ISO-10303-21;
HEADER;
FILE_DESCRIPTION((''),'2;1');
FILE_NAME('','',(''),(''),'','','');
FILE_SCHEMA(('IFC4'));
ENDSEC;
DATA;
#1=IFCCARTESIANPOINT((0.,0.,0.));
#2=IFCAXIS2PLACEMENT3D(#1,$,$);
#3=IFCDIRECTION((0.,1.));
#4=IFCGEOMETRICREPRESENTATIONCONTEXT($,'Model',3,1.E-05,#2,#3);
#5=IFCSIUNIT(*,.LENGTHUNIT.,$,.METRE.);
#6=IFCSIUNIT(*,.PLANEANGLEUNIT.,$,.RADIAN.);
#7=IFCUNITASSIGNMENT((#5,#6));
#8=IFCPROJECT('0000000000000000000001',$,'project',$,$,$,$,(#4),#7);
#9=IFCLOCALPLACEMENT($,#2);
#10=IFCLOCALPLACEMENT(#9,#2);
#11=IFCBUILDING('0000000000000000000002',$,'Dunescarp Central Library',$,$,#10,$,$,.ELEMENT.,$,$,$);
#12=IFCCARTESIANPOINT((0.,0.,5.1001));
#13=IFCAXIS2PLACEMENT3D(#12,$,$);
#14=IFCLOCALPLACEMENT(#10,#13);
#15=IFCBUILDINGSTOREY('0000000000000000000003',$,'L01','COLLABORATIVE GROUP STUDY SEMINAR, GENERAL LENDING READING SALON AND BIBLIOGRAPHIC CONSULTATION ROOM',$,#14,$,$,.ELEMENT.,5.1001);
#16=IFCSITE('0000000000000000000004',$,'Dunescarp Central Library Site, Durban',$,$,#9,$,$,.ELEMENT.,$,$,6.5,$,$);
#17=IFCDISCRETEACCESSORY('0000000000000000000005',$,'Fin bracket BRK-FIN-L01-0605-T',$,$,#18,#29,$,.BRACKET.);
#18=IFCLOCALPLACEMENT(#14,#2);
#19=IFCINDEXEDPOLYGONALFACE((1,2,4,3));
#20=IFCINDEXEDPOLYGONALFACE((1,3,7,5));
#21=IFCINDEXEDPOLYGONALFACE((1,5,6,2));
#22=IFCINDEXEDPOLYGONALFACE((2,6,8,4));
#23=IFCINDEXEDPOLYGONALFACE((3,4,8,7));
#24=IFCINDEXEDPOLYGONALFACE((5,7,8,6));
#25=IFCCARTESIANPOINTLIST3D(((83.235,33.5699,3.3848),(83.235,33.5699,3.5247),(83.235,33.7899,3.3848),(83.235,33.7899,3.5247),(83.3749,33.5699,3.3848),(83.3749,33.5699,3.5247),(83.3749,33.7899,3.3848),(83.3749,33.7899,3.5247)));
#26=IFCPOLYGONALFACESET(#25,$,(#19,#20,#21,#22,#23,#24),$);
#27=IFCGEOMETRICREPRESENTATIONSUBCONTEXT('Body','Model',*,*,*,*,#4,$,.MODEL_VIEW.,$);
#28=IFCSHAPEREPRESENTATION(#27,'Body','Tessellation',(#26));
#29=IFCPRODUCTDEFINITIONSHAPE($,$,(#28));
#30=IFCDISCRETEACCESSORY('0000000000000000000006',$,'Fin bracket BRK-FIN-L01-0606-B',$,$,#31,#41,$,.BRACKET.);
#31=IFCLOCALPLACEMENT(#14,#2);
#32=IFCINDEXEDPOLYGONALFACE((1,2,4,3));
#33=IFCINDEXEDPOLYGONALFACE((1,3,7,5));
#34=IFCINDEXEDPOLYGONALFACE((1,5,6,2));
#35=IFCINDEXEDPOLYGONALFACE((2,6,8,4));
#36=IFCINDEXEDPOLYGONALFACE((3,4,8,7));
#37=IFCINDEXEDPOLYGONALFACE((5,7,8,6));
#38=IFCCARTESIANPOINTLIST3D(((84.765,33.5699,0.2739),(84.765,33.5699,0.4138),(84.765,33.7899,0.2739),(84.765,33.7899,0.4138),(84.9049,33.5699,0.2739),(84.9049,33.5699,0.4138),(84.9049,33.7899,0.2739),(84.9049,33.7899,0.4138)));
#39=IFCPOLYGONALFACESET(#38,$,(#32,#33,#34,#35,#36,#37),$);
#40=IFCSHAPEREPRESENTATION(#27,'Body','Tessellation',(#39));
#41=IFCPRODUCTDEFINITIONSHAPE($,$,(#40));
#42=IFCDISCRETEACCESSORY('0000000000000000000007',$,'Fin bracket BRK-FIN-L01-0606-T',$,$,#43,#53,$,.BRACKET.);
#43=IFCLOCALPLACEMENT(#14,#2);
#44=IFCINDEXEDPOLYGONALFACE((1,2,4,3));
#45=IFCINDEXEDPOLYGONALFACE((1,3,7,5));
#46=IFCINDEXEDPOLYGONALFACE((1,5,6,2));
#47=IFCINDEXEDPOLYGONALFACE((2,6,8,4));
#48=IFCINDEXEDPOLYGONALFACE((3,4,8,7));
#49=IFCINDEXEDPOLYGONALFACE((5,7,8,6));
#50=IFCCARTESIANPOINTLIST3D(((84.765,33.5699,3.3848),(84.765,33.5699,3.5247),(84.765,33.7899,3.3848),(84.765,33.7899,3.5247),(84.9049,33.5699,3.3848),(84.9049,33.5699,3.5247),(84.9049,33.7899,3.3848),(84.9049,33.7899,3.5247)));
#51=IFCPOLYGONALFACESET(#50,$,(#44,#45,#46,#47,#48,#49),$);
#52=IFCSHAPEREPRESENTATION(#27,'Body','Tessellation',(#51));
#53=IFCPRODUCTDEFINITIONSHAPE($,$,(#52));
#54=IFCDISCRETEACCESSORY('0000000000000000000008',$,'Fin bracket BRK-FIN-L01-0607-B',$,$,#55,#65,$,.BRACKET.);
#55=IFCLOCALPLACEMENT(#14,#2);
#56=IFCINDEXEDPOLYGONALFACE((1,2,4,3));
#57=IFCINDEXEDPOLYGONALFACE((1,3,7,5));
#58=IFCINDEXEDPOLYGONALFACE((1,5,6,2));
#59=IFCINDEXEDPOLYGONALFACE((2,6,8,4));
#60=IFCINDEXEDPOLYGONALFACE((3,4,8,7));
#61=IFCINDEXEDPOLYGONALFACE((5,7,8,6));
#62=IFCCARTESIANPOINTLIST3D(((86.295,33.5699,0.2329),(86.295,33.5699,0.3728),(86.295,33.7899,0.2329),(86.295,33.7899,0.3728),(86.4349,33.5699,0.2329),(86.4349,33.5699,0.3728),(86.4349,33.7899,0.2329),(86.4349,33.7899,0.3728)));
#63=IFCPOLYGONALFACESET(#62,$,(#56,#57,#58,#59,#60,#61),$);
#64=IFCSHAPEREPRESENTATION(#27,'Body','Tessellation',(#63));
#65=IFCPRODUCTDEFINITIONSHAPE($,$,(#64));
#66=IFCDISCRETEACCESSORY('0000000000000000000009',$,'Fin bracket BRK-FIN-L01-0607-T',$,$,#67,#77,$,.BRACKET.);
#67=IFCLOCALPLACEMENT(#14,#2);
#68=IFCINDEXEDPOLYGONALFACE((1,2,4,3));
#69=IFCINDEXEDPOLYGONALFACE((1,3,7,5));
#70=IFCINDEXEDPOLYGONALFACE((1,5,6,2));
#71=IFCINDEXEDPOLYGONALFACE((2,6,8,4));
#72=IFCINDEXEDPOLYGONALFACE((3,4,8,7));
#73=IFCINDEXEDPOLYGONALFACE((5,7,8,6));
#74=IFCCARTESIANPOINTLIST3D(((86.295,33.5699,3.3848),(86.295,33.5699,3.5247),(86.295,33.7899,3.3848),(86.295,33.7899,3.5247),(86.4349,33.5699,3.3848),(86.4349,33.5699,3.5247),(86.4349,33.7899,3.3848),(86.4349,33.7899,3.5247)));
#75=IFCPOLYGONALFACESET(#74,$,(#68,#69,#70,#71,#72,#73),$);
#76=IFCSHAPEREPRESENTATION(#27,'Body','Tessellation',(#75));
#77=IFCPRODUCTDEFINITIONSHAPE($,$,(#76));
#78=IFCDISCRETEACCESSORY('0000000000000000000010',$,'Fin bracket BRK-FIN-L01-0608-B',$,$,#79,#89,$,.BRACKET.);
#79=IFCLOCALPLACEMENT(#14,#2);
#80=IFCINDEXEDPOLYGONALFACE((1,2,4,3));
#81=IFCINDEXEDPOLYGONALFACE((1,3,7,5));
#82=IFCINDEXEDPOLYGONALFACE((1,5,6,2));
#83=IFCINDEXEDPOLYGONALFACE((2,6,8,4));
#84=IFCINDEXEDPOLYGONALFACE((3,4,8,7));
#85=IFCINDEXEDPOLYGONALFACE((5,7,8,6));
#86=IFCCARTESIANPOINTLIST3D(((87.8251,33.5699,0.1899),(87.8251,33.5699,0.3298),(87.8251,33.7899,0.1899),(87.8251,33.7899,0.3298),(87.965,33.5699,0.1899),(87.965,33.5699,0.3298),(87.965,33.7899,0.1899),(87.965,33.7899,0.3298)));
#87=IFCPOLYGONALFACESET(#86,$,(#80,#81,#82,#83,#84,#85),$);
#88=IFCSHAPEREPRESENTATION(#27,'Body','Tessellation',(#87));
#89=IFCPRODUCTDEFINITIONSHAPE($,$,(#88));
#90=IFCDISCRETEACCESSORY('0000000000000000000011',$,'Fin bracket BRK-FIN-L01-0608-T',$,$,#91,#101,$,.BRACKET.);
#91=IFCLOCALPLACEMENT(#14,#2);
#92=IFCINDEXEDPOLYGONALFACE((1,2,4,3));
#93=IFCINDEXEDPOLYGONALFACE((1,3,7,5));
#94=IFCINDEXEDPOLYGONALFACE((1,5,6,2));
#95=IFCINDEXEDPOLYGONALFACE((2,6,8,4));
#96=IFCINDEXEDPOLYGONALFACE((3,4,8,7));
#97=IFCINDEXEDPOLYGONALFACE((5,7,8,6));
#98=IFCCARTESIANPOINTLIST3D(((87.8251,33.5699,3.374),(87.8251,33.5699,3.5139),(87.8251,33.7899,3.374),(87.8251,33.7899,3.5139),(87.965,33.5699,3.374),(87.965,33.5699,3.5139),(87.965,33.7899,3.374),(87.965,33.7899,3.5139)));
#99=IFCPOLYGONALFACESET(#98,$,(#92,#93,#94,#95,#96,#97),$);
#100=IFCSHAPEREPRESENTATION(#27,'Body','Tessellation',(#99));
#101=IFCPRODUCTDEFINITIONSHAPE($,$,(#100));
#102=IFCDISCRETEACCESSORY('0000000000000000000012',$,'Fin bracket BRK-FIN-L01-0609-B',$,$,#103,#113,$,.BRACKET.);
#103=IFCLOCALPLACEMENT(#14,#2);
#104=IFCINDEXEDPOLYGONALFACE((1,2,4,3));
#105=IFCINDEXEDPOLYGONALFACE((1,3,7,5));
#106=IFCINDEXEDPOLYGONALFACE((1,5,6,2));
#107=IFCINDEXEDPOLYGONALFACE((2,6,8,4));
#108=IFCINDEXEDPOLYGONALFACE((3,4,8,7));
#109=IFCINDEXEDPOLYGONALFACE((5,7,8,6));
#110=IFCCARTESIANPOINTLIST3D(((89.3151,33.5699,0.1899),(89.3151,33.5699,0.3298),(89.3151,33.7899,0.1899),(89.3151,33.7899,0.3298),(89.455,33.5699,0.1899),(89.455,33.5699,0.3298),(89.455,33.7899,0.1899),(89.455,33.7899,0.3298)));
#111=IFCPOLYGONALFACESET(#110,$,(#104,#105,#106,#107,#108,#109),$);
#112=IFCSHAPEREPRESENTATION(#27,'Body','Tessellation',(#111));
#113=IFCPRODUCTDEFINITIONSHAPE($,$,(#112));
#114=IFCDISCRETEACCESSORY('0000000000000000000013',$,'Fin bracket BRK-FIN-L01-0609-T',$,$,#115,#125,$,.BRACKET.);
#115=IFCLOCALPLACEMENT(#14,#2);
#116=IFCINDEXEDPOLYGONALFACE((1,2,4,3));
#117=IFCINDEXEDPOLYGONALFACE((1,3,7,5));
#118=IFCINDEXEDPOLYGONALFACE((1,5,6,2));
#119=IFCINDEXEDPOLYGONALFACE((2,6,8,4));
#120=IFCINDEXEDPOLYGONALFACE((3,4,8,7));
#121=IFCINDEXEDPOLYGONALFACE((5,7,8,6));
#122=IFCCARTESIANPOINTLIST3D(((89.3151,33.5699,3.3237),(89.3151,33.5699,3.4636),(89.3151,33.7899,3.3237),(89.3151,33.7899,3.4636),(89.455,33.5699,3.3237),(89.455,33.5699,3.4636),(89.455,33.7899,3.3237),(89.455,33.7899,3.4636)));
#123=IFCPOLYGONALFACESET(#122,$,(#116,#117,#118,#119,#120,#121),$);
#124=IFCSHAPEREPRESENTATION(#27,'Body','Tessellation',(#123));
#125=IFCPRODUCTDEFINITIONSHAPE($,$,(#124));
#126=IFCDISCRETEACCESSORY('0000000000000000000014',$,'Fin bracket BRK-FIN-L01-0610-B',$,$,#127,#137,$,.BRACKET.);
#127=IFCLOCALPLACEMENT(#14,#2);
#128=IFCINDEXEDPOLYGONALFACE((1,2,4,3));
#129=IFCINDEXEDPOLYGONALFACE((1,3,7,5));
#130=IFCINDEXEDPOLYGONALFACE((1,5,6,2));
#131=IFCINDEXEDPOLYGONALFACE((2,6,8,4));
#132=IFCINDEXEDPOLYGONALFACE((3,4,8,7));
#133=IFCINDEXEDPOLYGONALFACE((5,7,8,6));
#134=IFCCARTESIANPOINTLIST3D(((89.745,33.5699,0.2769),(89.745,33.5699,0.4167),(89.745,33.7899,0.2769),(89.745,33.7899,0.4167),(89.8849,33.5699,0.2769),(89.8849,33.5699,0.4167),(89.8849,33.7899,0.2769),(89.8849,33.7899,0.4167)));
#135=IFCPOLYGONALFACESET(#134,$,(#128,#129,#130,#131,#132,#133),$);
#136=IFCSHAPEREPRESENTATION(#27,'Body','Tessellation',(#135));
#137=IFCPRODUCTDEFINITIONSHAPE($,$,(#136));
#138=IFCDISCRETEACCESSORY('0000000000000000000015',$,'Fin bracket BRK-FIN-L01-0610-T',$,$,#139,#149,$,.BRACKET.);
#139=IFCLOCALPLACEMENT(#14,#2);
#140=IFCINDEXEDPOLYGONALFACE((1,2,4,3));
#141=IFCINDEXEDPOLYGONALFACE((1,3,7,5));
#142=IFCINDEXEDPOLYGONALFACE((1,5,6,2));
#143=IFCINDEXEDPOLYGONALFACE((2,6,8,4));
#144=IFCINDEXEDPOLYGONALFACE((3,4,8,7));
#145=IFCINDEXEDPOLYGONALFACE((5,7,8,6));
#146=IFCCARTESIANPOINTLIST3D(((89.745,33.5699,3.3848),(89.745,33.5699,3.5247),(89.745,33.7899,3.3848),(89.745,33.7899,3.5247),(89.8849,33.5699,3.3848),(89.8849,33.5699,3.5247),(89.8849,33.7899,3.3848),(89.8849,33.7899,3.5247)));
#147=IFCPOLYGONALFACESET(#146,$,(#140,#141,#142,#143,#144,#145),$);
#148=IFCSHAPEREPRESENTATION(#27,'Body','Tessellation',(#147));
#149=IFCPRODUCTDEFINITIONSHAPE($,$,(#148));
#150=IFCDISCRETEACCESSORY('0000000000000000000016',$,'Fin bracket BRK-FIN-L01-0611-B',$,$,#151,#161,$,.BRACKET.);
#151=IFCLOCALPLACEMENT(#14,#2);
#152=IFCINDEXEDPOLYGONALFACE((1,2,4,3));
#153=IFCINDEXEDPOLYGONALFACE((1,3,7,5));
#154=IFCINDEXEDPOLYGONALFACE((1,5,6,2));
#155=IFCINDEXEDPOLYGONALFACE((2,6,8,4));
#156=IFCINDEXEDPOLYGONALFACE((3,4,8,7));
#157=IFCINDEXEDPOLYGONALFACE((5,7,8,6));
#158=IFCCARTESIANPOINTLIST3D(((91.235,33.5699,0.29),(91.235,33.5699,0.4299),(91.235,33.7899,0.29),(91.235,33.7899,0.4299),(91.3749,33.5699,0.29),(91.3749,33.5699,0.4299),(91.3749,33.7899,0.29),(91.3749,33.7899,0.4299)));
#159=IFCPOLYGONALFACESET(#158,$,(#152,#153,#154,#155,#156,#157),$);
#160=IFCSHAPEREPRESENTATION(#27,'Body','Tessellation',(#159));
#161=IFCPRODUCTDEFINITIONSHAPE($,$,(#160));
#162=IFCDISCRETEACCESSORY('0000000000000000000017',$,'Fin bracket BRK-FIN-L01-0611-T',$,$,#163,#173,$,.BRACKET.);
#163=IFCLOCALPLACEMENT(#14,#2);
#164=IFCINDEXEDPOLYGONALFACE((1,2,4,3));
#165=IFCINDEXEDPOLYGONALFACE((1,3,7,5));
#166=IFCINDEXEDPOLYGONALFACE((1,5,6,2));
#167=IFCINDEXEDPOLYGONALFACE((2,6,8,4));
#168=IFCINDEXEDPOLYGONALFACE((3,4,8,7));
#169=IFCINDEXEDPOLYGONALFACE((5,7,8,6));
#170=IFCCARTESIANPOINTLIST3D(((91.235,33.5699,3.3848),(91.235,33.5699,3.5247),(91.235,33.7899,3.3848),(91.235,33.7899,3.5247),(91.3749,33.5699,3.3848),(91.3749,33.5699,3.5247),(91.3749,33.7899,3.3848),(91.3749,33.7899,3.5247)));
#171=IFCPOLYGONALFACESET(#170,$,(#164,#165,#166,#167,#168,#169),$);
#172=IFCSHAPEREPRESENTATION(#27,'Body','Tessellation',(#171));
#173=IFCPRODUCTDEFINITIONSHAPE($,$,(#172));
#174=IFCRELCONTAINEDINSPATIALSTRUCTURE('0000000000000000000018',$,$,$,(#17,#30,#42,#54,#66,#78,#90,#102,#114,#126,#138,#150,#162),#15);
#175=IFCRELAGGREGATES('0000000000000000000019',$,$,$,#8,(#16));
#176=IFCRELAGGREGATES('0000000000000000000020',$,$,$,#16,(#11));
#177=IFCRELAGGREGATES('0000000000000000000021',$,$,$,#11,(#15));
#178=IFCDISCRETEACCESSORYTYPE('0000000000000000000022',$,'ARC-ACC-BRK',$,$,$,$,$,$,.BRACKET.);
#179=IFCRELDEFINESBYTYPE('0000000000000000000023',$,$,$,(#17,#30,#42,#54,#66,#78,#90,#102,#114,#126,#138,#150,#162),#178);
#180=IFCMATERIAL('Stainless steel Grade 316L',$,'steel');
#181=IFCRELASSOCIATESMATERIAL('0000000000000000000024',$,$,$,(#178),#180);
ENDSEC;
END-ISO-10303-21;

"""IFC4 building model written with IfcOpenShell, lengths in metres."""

from ifc_helpers import new_model, si_unit, direction, frame, origin, origin_2d, place, context, subcontext, project, spatial, rectangle, extrude, material, type_object, element, save


model = new_model("IFC4")

# Units and contexts
model_context = context("Model", 3, precision=1e-05, world=origin(), true_north=direction((0.0, 1.0)))
body_context = subcontext(model_context, "Body", "Model", "MODEL_VIEW")
ifc_project = project(units=[si_unit("LENGTHUNIT", "METRE"), si_unit("PLANEANGLEUNIT", "RADIAN")], contexts=[model_context])

# Site, building, storey
site_placement = place(None, origin())
site = spatial("IfcSite", under=ifc_project, at=site_placement, Name="Dunescarp Central Library Site, Durban", CompositionType="ELEMENT", RefElevation=6.5)
building_placement = place(site_placement, origin())
building = spatial("IfcBuilding", under=site, at=building_placement, Name="Dunescarp Central Library", CompositionType="ELEMENT")
storey_placement = place(building_placement, frame((0.0, 0.0, 5.1001)))
storey = spatial("IfcBuildingStorey", under=building, at=storey_placement, Name="L01", Description="COLLABORATIVE GROUP STUDY SEMINAR, GENERAL LENDING READING SALON AND BIBLIOGRAPHIC CONSULTATION ROOM", CompositionType="ELEMENT", Elevation=5.1001)

# Discrete accessories
ifc_material_1 = material(Name="Stainless steel Grade 316L", Category="steel")
discrete_accessory_type = type_object("IfcDiscreteAccessoryType", Name="ARC-ACC-BRK", PredefinedType="BRACKET", material=ifc_material_1)
for number, where, z_axis, x_axis, name in (
    (1, (83.3049, 33.6799, 3.3848), (0.0, 0.0, 1.0), (0.0, 1.0, 0.0), "Fin bracket BRK-FIN-L01-0605-T"),
    (2, (84.835, 33.6799, 0.2739), (0.0, 0.0, 1.0), (0.0, 1.0, 0.0), "Fin bracket BRK-FIN-L01-0606-B"),
    (3, (84.835, 33.6799, 3.3848), (0.0, 0.0, 1.0), (0.0, 1.0, 0.0), "Fin bracket BRK-FIN-L01-0606-T"),
    (4, (86.365, 33.6799, 0.2329), (0.0, 0.0, 1.0), (0.0, 1.0, 0.0), "Fin bracket BRK-FIN-L01-0607-B"),
    (5, (86.365, 33.6799, 3.3848), (0.0, 0.0, 1.0), (0.0, 1.0, 0.0), "Fin bracket BRK-FIN-L01-0607-T"),
    (6, (87.895, 33.6799, 0.1899), (0.0, 0.0, 1.0), (0.0, 1.0, 0.0), "Fin bracket BRK-FIN-L01-0608-B"),
    (7, (87.895, 33.6799, 3.374), (0.0, 0.0, 1.0), (0.0, 1.0, 0.0), "Fin bracket BRK-FIN-L01-0608-T"),
    (8, (89.385, 33.6799, 0.1899), (0.0, 0.0, 1.0), (0.0, 1.0, 0.0), "Fin bracket BRK-FIN-L01-0609-B"),
    (9, (89.385, 33.6799, 3.3237), (0.0, 0.0, 1.0), (0.0, 1.0, 0.0), "Fin bracket BRK-FIN-L01-0609-T"),
    (10, (89.8149, 33.6799, 0.2769), (0.0, 0.0, 1.0), (0.0, 1.0, 0.0), "Fin bracket BRK-FIN-L01-0610-B"),
    (11, (89.8149, 33.6799, 3.3848), (0.0, 0.0, 1.0), (0.0, 1.0, 0.0), "Fin bracket BRK-FIN-L01-0610-T"),
    (12, (91.3049, 33.6799, 0.29), (0.0, 0.0, 1.0), (0.0, 1.0, 0.0), "Fin bracket BRK-FIN-L01-0611-B"),
    (13, (91.3049, 33.6799, 3.3848), (0.0, 0.0, 1.0), (0.0, 1.0, 0.0), "Fin bracket BRK-FIN-L01-0611-T"),
):
    element("IfcDiscreteAccessory", number, at=place(storey_placement, frame(where, z_axis=z_axis, x_axis=x_axis)), inside=storey, type_object=discrete_accessory_type, Name=name, PredefinedType="BRACKET", context=body_context, shape_type="SweptSolid", body=[
        extrude(rectangle(XDim=0.22, YDim=0.1399, at=origin_2d()), origin(), (0.0, 0.0, 1.0), 0.1399),
    ])

save(model, "model.ifc")
